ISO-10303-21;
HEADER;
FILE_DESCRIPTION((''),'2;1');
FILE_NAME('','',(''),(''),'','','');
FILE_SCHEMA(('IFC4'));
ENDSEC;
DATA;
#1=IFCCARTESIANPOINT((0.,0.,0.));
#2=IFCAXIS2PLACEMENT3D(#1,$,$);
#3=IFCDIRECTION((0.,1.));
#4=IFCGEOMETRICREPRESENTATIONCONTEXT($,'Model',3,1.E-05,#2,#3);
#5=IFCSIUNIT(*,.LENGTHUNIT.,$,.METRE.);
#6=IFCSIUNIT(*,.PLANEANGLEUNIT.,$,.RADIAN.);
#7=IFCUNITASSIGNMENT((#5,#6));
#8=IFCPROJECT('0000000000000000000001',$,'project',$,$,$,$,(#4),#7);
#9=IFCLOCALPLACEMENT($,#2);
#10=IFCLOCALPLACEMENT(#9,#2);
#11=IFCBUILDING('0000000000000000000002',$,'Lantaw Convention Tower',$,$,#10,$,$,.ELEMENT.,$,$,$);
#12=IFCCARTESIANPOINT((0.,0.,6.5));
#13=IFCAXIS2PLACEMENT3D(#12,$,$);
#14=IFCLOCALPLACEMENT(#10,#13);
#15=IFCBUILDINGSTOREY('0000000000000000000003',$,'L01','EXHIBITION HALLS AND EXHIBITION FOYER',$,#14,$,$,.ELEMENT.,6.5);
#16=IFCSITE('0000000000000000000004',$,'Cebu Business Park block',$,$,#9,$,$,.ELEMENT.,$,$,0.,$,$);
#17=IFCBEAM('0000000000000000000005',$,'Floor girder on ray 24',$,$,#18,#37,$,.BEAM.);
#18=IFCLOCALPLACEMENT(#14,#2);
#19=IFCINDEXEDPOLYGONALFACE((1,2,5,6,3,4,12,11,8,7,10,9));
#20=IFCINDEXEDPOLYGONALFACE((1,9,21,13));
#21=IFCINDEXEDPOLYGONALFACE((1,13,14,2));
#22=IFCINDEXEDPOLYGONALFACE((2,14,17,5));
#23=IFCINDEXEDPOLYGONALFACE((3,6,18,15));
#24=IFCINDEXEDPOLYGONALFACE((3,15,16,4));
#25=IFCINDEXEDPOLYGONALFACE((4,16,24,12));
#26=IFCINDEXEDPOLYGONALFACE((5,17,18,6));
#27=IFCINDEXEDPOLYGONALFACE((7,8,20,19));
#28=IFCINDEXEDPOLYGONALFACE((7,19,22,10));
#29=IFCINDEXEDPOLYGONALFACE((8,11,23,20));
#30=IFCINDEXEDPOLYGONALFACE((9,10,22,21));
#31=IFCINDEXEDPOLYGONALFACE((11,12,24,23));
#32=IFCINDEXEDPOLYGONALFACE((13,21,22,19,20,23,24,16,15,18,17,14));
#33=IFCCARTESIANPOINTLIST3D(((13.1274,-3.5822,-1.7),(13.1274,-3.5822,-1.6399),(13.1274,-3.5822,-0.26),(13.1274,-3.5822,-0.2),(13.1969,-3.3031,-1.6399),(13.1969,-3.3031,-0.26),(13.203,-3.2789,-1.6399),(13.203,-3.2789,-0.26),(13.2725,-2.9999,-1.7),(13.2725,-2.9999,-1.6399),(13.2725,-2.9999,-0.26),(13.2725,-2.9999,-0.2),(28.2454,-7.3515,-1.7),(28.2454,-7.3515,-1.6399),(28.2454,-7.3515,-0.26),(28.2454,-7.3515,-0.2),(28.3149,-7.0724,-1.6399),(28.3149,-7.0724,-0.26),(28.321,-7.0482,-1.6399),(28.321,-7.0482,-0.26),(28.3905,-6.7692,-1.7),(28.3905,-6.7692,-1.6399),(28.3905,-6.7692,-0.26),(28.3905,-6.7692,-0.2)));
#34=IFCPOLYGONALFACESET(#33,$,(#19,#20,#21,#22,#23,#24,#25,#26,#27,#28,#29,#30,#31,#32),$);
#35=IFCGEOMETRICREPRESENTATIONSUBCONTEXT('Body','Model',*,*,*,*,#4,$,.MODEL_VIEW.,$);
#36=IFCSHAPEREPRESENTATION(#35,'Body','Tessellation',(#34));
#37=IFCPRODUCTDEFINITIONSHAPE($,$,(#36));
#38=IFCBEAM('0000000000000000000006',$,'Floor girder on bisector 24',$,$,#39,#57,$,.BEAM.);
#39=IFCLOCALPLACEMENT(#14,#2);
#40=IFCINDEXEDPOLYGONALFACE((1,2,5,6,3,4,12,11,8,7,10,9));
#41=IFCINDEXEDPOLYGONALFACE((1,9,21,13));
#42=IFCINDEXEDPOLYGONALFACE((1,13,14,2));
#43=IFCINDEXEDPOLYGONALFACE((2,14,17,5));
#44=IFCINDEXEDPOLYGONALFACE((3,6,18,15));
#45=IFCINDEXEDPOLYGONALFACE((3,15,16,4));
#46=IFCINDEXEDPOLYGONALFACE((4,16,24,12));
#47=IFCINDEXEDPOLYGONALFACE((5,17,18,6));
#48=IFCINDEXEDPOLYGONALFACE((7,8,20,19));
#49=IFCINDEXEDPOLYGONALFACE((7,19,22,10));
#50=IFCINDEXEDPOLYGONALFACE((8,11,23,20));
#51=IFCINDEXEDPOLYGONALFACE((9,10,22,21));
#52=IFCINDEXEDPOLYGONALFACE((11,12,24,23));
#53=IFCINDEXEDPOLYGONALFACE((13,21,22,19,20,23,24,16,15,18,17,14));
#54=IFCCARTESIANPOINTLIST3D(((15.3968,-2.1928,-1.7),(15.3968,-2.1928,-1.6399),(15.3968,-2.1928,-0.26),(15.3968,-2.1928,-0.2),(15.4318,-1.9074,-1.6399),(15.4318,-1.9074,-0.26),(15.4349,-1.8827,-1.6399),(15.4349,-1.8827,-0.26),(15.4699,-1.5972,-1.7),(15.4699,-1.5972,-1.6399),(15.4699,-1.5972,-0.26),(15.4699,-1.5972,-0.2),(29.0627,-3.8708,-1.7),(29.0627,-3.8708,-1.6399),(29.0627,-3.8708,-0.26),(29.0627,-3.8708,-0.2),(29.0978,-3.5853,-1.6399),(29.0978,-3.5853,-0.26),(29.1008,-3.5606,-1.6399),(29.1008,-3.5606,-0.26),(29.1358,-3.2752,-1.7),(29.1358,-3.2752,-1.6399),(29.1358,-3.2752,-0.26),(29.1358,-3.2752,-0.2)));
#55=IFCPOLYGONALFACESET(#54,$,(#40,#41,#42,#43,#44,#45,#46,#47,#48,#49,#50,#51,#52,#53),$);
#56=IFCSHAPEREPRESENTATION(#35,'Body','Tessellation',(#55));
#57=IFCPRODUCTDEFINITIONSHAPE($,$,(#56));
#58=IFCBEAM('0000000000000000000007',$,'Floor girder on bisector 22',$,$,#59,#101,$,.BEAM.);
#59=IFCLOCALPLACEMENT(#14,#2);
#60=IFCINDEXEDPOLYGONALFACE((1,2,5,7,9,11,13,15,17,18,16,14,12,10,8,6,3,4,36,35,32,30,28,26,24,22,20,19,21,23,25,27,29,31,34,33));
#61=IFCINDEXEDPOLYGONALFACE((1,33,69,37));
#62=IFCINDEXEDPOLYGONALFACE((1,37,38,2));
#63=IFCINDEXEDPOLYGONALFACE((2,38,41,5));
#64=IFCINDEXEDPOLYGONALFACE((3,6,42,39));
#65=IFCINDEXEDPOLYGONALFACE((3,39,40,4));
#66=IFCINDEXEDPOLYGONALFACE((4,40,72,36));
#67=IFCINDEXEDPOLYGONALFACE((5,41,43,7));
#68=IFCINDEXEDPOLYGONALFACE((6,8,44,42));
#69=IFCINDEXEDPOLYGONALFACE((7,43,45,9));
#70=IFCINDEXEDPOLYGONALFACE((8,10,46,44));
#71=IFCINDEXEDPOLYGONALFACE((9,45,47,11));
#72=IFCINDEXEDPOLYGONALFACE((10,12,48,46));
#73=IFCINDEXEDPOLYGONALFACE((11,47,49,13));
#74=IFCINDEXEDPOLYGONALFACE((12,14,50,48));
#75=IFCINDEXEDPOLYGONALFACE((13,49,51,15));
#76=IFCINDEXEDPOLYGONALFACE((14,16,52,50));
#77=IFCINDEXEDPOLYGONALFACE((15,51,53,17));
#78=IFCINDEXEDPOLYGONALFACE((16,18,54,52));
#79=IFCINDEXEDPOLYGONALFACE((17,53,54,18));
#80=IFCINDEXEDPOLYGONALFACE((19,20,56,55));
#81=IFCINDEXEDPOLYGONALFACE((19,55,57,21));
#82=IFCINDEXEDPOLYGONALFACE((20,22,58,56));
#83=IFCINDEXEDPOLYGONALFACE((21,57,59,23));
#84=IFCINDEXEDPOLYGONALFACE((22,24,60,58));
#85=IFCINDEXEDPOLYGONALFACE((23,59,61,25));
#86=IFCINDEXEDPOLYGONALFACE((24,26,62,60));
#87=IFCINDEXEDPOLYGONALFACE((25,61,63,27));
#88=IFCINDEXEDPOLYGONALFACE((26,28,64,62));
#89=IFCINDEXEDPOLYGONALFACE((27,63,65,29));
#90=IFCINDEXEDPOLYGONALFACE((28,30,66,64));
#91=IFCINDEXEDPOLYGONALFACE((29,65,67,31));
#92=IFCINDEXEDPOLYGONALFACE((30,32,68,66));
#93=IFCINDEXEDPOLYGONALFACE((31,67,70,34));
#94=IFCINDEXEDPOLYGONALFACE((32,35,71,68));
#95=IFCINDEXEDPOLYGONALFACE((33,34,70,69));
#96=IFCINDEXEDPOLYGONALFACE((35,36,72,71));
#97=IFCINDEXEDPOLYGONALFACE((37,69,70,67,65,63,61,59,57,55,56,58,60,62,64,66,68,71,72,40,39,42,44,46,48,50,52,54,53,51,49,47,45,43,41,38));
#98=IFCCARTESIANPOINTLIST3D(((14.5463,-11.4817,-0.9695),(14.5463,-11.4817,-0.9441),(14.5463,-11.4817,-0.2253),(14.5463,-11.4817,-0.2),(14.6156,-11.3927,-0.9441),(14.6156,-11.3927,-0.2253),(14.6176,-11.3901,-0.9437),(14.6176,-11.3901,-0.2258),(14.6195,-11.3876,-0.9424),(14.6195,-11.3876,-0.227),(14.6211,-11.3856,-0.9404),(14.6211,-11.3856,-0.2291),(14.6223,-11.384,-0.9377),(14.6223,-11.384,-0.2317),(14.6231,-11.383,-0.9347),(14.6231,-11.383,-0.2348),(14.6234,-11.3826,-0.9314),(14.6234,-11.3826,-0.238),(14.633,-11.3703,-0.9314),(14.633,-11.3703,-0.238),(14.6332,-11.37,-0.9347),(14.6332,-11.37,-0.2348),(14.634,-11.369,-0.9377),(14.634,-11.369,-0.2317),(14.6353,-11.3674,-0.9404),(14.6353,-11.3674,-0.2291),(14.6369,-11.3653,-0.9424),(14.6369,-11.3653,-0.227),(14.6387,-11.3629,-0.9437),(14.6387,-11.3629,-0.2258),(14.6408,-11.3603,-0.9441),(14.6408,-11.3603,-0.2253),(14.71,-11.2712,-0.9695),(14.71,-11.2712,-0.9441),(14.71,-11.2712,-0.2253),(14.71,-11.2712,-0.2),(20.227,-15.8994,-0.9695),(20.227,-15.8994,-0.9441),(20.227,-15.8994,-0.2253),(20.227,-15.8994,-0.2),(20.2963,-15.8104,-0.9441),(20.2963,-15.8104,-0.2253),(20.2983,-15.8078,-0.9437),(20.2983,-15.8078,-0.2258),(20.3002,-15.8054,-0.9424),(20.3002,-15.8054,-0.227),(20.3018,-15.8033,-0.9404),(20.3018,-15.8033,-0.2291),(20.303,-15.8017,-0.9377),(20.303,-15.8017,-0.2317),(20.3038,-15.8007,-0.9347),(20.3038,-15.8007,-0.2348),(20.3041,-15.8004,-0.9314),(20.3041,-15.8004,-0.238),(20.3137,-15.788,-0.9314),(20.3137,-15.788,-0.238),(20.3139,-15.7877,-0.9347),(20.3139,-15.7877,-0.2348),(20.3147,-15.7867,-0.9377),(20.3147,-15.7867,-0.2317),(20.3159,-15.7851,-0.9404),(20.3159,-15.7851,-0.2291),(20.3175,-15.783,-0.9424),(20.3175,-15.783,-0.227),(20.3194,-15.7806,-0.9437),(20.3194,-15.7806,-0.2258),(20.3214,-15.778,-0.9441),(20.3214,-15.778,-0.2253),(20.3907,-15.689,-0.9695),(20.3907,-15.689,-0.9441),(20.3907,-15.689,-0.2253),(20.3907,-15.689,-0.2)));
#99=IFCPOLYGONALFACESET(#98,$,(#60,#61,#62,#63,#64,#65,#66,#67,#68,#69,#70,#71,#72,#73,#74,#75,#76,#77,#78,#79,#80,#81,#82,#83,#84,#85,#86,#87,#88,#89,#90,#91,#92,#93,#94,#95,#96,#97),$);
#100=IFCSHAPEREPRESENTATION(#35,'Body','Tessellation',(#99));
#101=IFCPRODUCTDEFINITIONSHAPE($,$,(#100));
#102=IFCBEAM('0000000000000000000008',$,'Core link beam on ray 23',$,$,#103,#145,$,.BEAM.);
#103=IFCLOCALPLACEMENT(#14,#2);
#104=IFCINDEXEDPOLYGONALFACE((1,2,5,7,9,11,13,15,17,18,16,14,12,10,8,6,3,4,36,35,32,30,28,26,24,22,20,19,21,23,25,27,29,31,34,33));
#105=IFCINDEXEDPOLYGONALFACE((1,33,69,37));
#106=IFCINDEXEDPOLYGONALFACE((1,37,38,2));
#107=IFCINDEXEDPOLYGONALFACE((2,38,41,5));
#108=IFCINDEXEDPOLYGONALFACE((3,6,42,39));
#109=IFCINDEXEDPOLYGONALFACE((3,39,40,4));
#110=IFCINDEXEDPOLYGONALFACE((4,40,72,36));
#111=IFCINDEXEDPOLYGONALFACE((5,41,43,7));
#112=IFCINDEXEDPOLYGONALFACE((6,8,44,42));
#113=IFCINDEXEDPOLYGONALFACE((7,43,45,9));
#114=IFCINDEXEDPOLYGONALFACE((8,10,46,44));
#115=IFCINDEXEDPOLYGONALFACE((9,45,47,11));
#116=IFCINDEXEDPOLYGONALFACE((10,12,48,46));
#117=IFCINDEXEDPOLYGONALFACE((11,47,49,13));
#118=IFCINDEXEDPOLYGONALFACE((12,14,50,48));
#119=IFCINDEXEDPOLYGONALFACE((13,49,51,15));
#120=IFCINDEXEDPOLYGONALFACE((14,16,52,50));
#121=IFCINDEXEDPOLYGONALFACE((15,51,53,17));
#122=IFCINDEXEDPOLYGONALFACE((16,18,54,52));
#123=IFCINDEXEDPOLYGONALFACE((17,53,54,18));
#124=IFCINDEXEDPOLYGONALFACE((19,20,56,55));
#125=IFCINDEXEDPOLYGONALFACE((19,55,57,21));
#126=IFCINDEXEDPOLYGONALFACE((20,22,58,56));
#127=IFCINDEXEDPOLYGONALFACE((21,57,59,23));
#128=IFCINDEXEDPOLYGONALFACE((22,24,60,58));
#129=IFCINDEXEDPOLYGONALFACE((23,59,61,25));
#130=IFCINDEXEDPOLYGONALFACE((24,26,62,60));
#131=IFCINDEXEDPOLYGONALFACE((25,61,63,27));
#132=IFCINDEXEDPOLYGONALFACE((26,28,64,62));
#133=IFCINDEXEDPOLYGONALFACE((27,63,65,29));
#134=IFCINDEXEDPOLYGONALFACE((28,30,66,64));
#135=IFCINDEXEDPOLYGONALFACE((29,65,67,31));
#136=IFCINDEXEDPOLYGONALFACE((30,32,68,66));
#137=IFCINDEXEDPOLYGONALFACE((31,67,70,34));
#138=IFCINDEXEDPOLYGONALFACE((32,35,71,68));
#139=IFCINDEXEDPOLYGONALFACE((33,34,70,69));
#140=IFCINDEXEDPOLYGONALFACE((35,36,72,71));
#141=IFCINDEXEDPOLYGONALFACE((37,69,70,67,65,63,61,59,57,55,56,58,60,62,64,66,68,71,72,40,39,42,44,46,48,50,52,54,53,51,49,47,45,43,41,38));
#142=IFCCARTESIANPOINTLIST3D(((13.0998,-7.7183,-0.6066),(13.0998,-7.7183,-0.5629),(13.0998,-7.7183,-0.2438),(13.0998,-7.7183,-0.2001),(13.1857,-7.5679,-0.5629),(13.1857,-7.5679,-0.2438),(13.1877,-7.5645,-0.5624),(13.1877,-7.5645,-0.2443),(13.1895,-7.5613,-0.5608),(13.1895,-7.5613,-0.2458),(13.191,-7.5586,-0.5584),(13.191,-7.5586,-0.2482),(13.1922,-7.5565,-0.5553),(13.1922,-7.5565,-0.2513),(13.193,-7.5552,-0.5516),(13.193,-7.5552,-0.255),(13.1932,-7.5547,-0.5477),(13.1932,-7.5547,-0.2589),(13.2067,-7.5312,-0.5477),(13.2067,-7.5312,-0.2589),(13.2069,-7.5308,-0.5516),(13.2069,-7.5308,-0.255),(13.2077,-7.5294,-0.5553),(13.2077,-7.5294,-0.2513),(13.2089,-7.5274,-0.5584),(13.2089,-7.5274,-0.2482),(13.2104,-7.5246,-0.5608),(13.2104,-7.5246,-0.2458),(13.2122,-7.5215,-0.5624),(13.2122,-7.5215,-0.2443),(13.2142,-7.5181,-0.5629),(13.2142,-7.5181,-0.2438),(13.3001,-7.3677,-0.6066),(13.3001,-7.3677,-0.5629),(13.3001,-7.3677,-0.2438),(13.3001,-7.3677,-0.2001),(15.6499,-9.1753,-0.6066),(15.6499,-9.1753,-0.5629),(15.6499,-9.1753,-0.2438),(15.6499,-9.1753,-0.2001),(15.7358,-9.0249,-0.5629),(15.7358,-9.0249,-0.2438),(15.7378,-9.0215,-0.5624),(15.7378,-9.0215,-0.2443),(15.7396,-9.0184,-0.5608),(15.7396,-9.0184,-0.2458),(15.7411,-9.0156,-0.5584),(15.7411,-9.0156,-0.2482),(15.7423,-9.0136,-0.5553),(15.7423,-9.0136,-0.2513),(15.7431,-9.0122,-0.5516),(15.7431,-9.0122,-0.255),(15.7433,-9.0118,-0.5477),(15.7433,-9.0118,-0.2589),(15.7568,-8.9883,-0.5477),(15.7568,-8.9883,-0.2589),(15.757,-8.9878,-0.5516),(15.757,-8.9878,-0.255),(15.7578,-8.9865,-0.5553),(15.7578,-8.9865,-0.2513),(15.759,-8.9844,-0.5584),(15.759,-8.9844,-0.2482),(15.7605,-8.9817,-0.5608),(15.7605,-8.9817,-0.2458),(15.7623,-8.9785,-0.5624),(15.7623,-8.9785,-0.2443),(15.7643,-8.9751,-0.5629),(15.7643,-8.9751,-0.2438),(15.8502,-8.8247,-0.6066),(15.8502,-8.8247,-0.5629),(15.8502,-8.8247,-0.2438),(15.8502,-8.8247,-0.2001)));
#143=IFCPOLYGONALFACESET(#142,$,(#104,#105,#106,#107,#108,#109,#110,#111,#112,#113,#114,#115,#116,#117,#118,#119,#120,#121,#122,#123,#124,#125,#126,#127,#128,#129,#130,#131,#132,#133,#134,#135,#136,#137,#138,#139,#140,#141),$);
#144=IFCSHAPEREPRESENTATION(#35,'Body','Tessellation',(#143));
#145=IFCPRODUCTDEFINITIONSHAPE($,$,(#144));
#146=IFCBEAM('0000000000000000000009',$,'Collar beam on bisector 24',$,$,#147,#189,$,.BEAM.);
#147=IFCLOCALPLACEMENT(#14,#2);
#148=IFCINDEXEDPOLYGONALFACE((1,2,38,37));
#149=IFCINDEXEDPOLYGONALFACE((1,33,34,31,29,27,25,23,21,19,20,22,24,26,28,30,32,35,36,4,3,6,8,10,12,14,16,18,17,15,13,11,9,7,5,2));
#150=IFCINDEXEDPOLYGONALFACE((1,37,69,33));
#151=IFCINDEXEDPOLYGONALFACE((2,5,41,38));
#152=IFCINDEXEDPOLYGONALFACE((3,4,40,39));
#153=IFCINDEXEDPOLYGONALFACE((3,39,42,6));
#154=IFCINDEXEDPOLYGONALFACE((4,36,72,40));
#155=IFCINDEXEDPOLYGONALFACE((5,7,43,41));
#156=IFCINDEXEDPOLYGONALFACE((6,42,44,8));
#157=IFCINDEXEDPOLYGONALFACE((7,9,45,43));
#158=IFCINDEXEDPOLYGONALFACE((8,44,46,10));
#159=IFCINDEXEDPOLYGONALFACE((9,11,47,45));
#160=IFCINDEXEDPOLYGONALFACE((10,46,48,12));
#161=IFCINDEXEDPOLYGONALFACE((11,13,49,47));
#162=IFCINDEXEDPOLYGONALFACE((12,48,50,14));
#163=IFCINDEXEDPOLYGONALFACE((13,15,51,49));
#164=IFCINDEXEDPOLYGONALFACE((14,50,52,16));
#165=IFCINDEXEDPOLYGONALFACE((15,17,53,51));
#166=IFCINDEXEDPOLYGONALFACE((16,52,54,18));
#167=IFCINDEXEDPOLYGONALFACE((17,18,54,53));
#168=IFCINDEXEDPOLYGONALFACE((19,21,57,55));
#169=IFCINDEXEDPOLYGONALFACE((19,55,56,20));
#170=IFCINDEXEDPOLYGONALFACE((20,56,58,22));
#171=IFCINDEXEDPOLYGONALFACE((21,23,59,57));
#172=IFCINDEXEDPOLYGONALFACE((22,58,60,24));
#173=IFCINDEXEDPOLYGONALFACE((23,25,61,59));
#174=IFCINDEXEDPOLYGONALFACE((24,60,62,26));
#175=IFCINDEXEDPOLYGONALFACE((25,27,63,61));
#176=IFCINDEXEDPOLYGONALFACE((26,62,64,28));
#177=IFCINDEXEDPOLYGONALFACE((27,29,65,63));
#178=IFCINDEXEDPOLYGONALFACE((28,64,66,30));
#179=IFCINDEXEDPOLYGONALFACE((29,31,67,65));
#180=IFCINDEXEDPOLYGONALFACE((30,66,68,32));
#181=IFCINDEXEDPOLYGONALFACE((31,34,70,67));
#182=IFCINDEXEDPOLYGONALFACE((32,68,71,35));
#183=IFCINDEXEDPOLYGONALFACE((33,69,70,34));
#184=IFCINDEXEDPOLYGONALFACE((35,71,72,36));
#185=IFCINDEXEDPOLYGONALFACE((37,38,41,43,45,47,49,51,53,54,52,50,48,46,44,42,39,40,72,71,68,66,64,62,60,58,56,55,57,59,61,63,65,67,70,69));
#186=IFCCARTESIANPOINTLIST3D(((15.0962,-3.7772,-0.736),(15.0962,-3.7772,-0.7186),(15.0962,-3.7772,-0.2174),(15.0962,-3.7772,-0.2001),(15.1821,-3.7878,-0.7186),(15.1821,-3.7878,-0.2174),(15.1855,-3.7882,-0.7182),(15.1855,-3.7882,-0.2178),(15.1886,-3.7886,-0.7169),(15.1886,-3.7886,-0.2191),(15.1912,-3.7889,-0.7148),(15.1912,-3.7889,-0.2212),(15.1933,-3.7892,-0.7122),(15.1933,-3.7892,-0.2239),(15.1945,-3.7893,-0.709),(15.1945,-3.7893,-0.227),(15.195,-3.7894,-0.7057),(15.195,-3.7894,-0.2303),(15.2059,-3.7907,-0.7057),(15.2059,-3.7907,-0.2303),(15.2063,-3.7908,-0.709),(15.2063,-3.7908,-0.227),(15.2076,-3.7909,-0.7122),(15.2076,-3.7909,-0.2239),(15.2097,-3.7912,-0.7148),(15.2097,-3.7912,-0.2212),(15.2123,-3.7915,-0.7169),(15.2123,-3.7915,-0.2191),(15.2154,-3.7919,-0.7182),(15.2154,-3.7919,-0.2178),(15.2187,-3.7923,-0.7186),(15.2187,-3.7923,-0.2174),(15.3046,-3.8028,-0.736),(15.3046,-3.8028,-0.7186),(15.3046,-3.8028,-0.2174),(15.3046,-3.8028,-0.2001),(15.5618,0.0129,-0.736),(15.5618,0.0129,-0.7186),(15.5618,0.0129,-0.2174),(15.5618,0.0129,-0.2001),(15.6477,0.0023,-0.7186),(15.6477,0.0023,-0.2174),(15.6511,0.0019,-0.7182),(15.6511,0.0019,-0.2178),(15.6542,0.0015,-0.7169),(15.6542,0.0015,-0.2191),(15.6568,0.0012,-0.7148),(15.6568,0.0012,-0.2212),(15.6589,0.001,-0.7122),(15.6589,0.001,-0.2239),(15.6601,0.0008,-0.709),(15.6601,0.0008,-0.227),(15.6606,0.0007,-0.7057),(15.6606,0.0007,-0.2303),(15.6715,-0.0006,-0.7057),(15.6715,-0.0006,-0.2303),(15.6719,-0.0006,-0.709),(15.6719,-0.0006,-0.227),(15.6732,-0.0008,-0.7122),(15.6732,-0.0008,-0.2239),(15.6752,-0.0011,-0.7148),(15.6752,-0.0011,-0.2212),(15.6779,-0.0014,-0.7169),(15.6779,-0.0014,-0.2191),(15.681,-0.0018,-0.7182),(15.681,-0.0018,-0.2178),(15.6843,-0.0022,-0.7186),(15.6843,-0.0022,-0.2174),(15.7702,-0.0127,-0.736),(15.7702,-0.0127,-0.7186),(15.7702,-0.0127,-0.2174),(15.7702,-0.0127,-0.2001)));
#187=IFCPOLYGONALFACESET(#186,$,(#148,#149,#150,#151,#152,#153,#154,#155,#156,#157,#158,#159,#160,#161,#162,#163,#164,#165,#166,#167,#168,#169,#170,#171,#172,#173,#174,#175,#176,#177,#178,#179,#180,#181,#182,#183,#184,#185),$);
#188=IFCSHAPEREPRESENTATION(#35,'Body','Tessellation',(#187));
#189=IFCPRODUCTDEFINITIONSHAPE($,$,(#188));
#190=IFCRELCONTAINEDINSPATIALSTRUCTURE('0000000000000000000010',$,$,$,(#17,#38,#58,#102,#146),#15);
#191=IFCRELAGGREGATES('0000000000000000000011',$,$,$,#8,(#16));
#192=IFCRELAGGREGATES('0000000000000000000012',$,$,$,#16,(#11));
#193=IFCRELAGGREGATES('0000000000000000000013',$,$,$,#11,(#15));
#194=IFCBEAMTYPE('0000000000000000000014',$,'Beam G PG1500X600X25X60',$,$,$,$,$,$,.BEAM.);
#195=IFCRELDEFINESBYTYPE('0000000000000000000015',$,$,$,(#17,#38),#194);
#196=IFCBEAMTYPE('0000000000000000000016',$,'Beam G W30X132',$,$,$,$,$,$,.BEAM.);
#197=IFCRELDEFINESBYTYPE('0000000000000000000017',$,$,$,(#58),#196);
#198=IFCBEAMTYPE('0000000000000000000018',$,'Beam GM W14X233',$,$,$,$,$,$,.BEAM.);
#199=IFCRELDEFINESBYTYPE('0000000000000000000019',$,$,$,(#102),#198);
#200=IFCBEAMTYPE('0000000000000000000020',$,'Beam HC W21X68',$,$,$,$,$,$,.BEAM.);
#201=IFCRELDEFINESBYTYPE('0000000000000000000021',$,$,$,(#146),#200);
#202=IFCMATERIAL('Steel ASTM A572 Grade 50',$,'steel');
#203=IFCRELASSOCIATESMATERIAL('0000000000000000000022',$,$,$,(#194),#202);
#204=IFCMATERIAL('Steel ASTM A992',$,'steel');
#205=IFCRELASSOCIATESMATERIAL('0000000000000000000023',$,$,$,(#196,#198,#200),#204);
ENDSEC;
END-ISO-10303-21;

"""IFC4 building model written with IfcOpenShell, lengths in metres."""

from ifc_helpers import new_model, si_unit, direction, frame, origin, origin_2d, place, context, subcontext, project, spatial, i_section, extrude, material, material_profile, profile_set, type_object, element, save


model = new_model("IFC4")

# Units and contexts
model_context = context("Model", 3, precision=1e-05, world=origin(), true_north=direction((0.0, 1.0)))
body_context = subcontext(model_context, "Body", "Model", "MODEL_VIEW")
ifc_project = project(units=[si_unit("LENGTHUNIT", "METRE"), si_unit("PLANEANGLEUNIT", "RADIAN")], contexts=[model_context])

# Site, building, storey
site_placement = place(None, origin())
site = spatial("IfcSite", under=ifc_project, at=site_placement, Name="Cebu Business Park block", CompositionType="ELEMENT", RefElevation=0.0)
building_placement = place(site_placement, origin())
building = spatial("IfcBuilding", under=site, at=building_placement, Name="Lantaw Convention Tower", CompositionType="ELEMENT")
storey_placement = place(building_placement, frame((0.0, 0.0, 6.5)))
storey = spatial("IfcBuildingStorey", under=building, at=storey_placement, Name="L01", Description="EXHIBITION HALLS AND EXHIBITION FOYER", CompositionType="ELEMENT", Elevation=6.5)

# Shared definitions
ifc_material_1 = material(Name="Steel ASTM A572 Grade 50", Category="steel")

# Beams
ifc_material_2 = material(Name="Steel ASTM A992", Category="steel")
ifc_material_profile_1 = material_profile(ifc_material_1, i_section(OverallWidth=0.6001, OverallDepth=1.5, WebThickness=0.0249, FlangeThickness=0.0601, at=origin_2d()), Name="PG1500X600X25X60")
ifc_profile_set_1 = profile_set([ifc_material_profile_1], Name="Steel ASTM A572 Grade 50")
beam_type_1 = type_object("IfcBeamType", Name="Beam G PG1500X600X25X60", PredefinedType="BEAM", material=ifc_profile_set_1)
beam_1_placement = place(storey_placement, frame((13.2, -3.291, -0.95), z_axis=(0.970296, -0.24192, 0.0), x_axis=(0.24192, 0.970296, 0.0)))
element("IfcBeam", 1, at=beam_1_placement, inside=storey, type_object=beam_type_1, Name="Floor girder on ray 24", PredefinedType="BEAM", context=body_context, shape_type="SweptSolid", body=[
    extrude(i_section(OverallWidth=0.6001, OverallDepth=1.5, WebThickness=0.0249, FlangeThickness=0.0601, at=origin_2d()), origin(), (0.0, 0.0, 1.0), 15.5808),
])
beam_2_placement = place(storey_placement, frame((15.4333, -1.895, -0.95), z_axis=(0.992546, -0.12187, 0.0), x_axis=(0.12187, 0.992546, 0.0)))
element("IfcBeam", 2, at=beam_2_placement, inside=storey, type_object=beam_type_1, Name="Floor girder on bisector 24", PredefinedType="BEAM", context=body_context, shape_type="SweptSolid", body=[
    extrude(i_section(OverallWidth=0.6001, OverallDepth=1.5, WebThickness=0.0249, FlangeThickness=0.0601, at=origin_2d()), origin(), (0.0, 0.0, 1.0), 13.7686),
])
ifc_material_profile_2 = material_profile(ifc_material_2, i_section(OverallWidth=0.2666, OverallDepth=0.7695, WebThickness=0.0156, FlangeThickness=0.0254, FilletRadius=0.0127, at=origin_2d()), Name="W30X132")
ifc_profile_set_2 = profile_set([ifc_material_profile_2], Name="Steel ASTM A992")
beam_type_2 = type_object("IfcBeamType", Name="Beam G W30X132", PredefinedType="BEAM", material=ifc_profile_set_2)
beam_3_placement = place(storey_placement, frame((14.6282, -11.3765, -0.5847), z_axis=(0.789391, -0.613891, 0.0), x_axis=(0.613891, 0.789391, 0.0)))
element("IfcBeam", 3, at=beam_3_placement, inside=storey, type_object=beam_type_2, Name="Floor girder on bisector 22", PredefinedType="BEAM", context=body_context, shape_type="SweptSolid", body=[
    extrude(i_section(OverallWidth=0.2666, OverallDepth=0.7695, WebThickness=0.0156, FlangeThickness=0.0254, FilletRadius=0.0127, at=origin_2d()), origin(), (0.0, 0.0, 1.0), 7.1963),
])
ifc_material_profile_3 = material_profile(ifc_material_2, i_section(OverallWidth=0.4038, OverallDepth=0.4065, WebThickness=0.0271, FlangeThickness=0.0437, FilletRadius=0.0151, at=origin_2d()), Name="W14X233")
ifc_profile_set_3 = profile_set([ifc_material_profile_3], Name="Steel ASTM A992")
beam_type_3 = type_object("IfcBeamType", Name="Beam GM W14X233", PredefinedType="BEAM", material=ifc_profile_set_3)
beam_4_placement = place(storey_placement, frame((13.2, -7.543, -0.4033), z_axis=(0.868264, -0.496103, 0.0), x_axis=(0.496103, 0.868264, 0.0)))
element("IfcBeam", 4, at=beam_4_placement, inside=storey, type_object=beam_type_3, Name="Core link beam on ray 23", PredefinedType="BEAM", context=body_context, shape_type="SweptSolid", body=[
    extrude(i_section(OverallWidth=0.4038, OverallDepth=0.4065, WebThickness=0.0271, FlangeThickness=0.0437, FilletRadius=0.0151, at=origin_2d()), origin(), (0.0, 0.0, 1.0), 2.937),
])
ifc_material_profile_4 = material_profile(ifc_material_2, i_section(OverallWidth=0.21, OverallDepth=0.5359, WebThickness=0.011, FlangeThickness=0.0173, FilletRadius=0.0129, at=origin_2d()), Name="W21X68")
ifc_profile_set_4 = profile_set([ifc_material_profile_4], Name="Steel ASTM A992")
beam_type_4 = type_object("IfcBeamType", Name="Beam HC W21X68", PredefinedType="BEAM", material=ifc_profile_set_4)
beam_5_placement = place(storey_placement, frame((15.2004, -3.79, -0.468), z_axis=(0.121926, 0.992539, 0.0), x_axis=(-0.992539, 0.121926, 0.0)))
element("IfcBeam", 5, at=beam_5_placement, inside=storey, type_object=beam_type_4, Name="Collar beam on bisector 24", PredefinedType="BEAM", context=body_context, shape_type="SweptSolid", body=[
    extrude(i_section(OverallWidth=0.21, OverallDepth=0.5359, WebThickness=0.011, FlangeThickness=0.0173, FilletRadius=0.0129, at=origin_2d()), origin(), (0.0, 0.0, 1.0), 3.8186),
])

save(model, "model.ifc")
